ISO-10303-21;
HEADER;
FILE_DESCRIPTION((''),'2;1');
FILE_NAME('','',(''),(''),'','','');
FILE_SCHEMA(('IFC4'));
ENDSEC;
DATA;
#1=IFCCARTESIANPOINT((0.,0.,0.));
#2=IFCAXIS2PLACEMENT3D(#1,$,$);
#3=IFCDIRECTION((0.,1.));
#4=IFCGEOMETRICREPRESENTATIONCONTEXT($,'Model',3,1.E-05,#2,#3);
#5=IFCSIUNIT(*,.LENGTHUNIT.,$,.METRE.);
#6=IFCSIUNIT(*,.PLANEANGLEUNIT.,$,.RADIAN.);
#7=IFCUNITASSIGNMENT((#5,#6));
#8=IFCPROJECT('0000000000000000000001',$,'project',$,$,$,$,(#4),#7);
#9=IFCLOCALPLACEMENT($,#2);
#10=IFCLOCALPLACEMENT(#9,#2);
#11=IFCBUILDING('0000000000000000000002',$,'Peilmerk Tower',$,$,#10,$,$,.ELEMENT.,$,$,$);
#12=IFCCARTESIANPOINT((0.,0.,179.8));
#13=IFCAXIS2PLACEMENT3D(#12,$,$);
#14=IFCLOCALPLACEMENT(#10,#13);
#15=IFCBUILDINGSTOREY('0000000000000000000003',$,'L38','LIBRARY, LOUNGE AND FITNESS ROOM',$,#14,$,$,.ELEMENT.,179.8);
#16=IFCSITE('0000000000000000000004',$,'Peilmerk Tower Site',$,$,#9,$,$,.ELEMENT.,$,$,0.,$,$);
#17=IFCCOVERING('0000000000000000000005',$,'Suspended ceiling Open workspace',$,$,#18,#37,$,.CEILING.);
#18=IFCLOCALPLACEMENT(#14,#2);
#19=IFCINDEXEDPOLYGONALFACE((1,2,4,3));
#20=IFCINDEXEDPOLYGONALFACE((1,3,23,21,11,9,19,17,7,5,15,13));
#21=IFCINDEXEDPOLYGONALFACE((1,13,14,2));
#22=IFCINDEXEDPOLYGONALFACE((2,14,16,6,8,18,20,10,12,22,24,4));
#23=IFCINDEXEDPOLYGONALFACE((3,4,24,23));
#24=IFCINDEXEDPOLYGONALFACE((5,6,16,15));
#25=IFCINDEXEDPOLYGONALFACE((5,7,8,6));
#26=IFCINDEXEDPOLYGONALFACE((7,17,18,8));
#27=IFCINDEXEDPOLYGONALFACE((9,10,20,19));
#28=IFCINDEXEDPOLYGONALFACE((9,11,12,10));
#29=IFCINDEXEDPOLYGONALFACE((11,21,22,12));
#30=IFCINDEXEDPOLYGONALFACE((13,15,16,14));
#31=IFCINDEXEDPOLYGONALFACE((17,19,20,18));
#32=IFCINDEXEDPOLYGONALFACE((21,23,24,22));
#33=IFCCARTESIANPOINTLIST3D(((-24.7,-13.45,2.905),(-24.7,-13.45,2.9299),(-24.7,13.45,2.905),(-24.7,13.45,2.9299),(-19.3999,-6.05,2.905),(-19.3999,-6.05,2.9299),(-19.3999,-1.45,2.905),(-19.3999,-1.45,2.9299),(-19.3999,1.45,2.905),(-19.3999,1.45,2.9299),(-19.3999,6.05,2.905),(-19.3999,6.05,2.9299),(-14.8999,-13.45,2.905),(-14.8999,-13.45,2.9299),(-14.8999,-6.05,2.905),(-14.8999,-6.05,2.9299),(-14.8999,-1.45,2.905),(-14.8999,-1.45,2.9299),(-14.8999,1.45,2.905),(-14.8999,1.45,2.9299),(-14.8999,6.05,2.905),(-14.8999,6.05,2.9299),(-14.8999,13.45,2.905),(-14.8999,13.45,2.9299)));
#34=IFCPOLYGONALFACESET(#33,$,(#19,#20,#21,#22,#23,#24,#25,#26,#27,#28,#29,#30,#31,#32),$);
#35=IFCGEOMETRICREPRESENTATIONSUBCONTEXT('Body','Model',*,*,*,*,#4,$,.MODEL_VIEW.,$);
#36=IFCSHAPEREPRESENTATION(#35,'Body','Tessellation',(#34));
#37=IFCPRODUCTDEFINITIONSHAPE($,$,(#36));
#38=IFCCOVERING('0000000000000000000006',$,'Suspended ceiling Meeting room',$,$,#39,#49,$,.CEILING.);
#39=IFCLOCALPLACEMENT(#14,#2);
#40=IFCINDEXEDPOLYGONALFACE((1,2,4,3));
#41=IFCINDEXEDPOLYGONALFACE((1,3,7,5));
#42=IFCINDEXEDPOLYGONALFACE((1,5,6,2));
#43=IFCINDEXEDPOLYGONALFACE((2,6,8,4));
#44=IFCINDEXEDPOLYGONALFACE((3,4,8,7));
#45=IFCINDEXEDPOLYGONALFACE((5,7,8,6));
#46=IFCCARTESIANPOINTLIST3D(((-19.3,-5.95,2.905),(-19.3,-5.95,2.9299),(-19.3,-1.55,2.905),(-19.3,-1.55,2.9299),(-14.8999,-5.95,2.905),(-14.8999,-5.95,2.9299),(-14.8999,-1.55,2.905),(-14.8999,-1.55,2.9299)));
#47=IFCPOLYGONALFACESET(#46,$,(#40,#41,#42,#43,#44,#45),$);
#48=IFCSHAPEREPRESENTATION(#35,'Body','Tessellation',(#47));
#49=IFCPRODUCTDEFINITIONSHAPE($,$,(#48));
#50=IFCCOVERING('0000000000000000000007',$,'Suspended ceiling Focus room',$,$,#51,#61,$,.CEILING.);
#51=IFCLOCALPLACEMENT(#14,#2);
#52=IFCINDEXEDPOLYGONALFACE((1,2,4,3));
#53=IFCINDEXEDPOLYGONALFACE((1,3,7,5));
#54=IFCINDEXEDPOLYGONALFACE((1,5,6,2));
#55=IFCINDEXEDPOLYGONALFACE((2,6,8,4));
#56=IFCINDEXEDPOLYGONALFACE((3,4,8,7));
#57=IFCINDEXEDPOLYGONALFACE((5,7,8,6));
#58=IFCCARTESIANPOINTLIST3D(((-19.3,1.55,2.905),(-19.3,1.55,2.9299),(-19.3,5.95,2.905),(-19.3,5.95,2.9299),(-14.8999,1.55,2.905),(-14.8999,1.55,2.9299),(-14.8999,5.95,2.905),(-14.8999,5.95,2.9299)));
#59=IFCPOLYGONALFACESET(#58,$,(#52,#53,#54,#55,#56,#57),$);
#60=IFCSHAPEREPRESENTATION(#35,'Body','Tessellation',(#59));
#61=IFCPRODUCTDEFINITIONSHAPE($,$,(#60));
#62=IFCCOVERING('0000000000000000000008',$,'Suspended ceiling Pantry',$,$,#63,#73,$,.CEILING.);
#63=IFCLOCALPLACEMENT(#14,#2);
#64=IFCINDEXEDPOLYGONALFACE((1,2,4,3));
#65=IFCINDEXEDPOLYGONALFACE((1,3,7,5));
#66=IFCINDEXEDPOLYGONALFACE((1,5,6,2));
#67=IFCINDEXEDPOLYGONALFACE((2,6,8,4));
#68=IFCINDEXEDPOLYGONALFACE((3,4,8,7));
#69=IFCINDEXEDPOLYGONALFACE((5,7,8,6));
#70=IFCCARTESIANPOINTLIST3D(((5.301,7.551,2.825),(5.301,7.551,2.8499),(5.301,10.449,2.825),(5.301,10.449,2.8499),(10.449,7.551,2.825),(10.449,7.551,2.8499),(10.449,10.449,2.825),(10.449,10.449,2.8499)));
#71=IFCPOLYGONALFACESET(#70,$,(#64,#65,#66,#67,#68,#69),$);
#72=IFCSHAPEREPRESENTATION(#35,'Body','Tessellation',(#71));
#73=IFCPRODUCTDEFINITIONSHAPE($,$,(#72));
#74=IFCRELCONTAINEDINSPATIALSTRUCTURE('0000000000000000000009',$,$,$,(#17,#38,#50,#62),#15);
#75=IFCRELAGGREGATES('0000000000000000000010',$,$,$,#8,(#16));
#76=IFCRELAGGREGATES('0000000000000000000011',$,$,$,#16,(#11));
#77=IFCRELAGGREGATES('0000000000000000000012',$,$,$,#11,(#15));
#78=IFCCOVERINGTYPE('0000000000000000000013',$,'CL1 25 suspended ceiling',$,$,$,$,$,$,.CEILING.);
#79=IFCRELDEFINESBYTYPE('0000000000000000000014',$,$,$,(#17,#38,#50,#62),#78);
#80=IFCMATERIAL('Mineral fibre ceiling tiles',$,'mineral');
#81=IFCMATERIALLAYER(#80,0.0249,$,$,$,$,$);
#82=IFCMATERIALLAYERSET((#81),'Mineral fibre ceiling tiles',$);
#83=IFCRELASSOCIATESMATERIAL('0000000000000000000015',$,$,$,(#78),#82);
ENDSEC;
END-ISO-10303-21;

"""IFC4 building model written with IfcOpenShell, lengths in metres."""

from ifc_helpers import new_model, si_unit, direction, frame, origin, place, context, subcontext, project, spatial, polyline, outline, extrude, material, layer, layer_set, type_object, element, save


model = new_model("IFC4")

# Units and contexts
model_context = context("Model", 3, precision=1e-05, world=origin(), true_north=direction((0.0, 1.0)))
body_context = subcontext(model_context, "Body", "Model", "MODEL_VIEW")
ifc_project = project(units=[si_unit("LENGTHUNIT", "METRE"), si_unit("PLANEANGLEUNIT", "RADIAN")], contexts=[model_context])

# Site, building, storey
site_placement = place(None, origin())
site = spatial("IfcSite", under=ifc_project, at=site_placement, Name="Peilmerk Tower Site", CompositionType="ELEMENT", RefElevation=0.0)
building_placement = place(site_placement, origin())
building = spatial("IfcBuilding", under=site, at=building_placement, Name="Peilmerk Tower", CompositionType="ELEMENT")
storey_placement = place(building_placement, frame((0.0, 0.0, 179.8)))
storey = spatial("IfcBuildingStorey", under=building, at=storey_placement, Name="L38", Description="LIBRARY, LOUNGE AND FITNESS ROOM", CompositionType="ELEMENT", Elevation=179.8)

# Coverings
ifc_material_1 = material(Name="Mineral fibre ceiling tiles", Category="mineral")
ifc_layer_1 = layer(ifc_material_1, 0.0249)
ifc_layer_set_1 = layer_set([ifc_layer_1], Name="Mineral fibre ceiling tiles")
covering_type = type_object("IfcCoveringType", Name="CL1 25 suspended ceiling", PredefinedType="CEILING", material=ifc_layer_set_1)
covering_1_placement = place(storey_placement, frame((0.0, 0.0, 2.905)))
element("IfcCovering", 1, at=covering_1_placement, inside=storey, type_object=covering_type, Name="Suspended ceiling Open workspace", PredefinedType="CEILING", context=body_context, shape_type="SweptSolid", body=[
    extrude(outline(polyline([(-14.8999, 13.45), (-24.7, 13.45), (-24.7, -13.45), (-14.8999, -13.45), (-14.8999, -6.05), (-19.3999, -6.05), (-19.3999, -1.45), (-14.8999, -1.45), (-14.8999, 1.45), (-19.3999, 1.45), (-19.3999, 6.05), (-14.8999, 6.05), (-14.8999, 13.45)])), origin(), (0.0, 0.0, 1.0), 0.0249),
])
covering_2_placement = place(storey_placement, frame((0.0, 0.0, 2.905)))
element("IfcCovering", 2, at=covering_2_placement, inside=storey, type_object=covering_type, Name="Suspended ceiling Meeting room", PredefinedType="CEILING", context=body_context, shape_type="SweptSolid", body=[
    extrude(outline(polyline([(-14.8999, -5.95), (-14.8999, -1.55), (-19.3, -1.55), (-19.3, -5.95), (-14.8999, -5.95)])), origin(), (0.0, 0.0, 1.0), 0.0249),
])
covering_3_placement = place(storey_placement, frame((0.0, 0.0, 2.905)))
element("IfcCovering", 3, at=covering_3_placement, inside=storey, type_object=covering_type, Name="Suspended ceiling Focus room", PredefinedType="CEILING", context=body_context, shape_type="SweptSolid", body=[
    extrude(outline(polyline([(-14.8999, 1.55), (-14.8999, 5.95), (-19.3, 5.95), (-19.3, 1.55), (-14.8999, 1.55)])), origin(), (0.0, 0.0, 1.0), 0.0249),
])
covering_4_placement = place(storey_placement, frame((0.0, 0.0, 2.825)))
element("IfcCovering", 4, at=covering_4_placement, inside=storey, type_object=covering_type, Name="Suspended ceiling Pantry", PredefinedType="CEILING", context=body_context, shape_type="SweptSolid", body=[
    extrude(outline(polyline([(10.449, 7.551), (10.449, 10.449), (5.301, 10.449), (5.301, 7.551), (10.449, 7.551)])), origin(), (0.0, 0.0, 1.0), 0.0249),
])

save(model, "model.ifc")
